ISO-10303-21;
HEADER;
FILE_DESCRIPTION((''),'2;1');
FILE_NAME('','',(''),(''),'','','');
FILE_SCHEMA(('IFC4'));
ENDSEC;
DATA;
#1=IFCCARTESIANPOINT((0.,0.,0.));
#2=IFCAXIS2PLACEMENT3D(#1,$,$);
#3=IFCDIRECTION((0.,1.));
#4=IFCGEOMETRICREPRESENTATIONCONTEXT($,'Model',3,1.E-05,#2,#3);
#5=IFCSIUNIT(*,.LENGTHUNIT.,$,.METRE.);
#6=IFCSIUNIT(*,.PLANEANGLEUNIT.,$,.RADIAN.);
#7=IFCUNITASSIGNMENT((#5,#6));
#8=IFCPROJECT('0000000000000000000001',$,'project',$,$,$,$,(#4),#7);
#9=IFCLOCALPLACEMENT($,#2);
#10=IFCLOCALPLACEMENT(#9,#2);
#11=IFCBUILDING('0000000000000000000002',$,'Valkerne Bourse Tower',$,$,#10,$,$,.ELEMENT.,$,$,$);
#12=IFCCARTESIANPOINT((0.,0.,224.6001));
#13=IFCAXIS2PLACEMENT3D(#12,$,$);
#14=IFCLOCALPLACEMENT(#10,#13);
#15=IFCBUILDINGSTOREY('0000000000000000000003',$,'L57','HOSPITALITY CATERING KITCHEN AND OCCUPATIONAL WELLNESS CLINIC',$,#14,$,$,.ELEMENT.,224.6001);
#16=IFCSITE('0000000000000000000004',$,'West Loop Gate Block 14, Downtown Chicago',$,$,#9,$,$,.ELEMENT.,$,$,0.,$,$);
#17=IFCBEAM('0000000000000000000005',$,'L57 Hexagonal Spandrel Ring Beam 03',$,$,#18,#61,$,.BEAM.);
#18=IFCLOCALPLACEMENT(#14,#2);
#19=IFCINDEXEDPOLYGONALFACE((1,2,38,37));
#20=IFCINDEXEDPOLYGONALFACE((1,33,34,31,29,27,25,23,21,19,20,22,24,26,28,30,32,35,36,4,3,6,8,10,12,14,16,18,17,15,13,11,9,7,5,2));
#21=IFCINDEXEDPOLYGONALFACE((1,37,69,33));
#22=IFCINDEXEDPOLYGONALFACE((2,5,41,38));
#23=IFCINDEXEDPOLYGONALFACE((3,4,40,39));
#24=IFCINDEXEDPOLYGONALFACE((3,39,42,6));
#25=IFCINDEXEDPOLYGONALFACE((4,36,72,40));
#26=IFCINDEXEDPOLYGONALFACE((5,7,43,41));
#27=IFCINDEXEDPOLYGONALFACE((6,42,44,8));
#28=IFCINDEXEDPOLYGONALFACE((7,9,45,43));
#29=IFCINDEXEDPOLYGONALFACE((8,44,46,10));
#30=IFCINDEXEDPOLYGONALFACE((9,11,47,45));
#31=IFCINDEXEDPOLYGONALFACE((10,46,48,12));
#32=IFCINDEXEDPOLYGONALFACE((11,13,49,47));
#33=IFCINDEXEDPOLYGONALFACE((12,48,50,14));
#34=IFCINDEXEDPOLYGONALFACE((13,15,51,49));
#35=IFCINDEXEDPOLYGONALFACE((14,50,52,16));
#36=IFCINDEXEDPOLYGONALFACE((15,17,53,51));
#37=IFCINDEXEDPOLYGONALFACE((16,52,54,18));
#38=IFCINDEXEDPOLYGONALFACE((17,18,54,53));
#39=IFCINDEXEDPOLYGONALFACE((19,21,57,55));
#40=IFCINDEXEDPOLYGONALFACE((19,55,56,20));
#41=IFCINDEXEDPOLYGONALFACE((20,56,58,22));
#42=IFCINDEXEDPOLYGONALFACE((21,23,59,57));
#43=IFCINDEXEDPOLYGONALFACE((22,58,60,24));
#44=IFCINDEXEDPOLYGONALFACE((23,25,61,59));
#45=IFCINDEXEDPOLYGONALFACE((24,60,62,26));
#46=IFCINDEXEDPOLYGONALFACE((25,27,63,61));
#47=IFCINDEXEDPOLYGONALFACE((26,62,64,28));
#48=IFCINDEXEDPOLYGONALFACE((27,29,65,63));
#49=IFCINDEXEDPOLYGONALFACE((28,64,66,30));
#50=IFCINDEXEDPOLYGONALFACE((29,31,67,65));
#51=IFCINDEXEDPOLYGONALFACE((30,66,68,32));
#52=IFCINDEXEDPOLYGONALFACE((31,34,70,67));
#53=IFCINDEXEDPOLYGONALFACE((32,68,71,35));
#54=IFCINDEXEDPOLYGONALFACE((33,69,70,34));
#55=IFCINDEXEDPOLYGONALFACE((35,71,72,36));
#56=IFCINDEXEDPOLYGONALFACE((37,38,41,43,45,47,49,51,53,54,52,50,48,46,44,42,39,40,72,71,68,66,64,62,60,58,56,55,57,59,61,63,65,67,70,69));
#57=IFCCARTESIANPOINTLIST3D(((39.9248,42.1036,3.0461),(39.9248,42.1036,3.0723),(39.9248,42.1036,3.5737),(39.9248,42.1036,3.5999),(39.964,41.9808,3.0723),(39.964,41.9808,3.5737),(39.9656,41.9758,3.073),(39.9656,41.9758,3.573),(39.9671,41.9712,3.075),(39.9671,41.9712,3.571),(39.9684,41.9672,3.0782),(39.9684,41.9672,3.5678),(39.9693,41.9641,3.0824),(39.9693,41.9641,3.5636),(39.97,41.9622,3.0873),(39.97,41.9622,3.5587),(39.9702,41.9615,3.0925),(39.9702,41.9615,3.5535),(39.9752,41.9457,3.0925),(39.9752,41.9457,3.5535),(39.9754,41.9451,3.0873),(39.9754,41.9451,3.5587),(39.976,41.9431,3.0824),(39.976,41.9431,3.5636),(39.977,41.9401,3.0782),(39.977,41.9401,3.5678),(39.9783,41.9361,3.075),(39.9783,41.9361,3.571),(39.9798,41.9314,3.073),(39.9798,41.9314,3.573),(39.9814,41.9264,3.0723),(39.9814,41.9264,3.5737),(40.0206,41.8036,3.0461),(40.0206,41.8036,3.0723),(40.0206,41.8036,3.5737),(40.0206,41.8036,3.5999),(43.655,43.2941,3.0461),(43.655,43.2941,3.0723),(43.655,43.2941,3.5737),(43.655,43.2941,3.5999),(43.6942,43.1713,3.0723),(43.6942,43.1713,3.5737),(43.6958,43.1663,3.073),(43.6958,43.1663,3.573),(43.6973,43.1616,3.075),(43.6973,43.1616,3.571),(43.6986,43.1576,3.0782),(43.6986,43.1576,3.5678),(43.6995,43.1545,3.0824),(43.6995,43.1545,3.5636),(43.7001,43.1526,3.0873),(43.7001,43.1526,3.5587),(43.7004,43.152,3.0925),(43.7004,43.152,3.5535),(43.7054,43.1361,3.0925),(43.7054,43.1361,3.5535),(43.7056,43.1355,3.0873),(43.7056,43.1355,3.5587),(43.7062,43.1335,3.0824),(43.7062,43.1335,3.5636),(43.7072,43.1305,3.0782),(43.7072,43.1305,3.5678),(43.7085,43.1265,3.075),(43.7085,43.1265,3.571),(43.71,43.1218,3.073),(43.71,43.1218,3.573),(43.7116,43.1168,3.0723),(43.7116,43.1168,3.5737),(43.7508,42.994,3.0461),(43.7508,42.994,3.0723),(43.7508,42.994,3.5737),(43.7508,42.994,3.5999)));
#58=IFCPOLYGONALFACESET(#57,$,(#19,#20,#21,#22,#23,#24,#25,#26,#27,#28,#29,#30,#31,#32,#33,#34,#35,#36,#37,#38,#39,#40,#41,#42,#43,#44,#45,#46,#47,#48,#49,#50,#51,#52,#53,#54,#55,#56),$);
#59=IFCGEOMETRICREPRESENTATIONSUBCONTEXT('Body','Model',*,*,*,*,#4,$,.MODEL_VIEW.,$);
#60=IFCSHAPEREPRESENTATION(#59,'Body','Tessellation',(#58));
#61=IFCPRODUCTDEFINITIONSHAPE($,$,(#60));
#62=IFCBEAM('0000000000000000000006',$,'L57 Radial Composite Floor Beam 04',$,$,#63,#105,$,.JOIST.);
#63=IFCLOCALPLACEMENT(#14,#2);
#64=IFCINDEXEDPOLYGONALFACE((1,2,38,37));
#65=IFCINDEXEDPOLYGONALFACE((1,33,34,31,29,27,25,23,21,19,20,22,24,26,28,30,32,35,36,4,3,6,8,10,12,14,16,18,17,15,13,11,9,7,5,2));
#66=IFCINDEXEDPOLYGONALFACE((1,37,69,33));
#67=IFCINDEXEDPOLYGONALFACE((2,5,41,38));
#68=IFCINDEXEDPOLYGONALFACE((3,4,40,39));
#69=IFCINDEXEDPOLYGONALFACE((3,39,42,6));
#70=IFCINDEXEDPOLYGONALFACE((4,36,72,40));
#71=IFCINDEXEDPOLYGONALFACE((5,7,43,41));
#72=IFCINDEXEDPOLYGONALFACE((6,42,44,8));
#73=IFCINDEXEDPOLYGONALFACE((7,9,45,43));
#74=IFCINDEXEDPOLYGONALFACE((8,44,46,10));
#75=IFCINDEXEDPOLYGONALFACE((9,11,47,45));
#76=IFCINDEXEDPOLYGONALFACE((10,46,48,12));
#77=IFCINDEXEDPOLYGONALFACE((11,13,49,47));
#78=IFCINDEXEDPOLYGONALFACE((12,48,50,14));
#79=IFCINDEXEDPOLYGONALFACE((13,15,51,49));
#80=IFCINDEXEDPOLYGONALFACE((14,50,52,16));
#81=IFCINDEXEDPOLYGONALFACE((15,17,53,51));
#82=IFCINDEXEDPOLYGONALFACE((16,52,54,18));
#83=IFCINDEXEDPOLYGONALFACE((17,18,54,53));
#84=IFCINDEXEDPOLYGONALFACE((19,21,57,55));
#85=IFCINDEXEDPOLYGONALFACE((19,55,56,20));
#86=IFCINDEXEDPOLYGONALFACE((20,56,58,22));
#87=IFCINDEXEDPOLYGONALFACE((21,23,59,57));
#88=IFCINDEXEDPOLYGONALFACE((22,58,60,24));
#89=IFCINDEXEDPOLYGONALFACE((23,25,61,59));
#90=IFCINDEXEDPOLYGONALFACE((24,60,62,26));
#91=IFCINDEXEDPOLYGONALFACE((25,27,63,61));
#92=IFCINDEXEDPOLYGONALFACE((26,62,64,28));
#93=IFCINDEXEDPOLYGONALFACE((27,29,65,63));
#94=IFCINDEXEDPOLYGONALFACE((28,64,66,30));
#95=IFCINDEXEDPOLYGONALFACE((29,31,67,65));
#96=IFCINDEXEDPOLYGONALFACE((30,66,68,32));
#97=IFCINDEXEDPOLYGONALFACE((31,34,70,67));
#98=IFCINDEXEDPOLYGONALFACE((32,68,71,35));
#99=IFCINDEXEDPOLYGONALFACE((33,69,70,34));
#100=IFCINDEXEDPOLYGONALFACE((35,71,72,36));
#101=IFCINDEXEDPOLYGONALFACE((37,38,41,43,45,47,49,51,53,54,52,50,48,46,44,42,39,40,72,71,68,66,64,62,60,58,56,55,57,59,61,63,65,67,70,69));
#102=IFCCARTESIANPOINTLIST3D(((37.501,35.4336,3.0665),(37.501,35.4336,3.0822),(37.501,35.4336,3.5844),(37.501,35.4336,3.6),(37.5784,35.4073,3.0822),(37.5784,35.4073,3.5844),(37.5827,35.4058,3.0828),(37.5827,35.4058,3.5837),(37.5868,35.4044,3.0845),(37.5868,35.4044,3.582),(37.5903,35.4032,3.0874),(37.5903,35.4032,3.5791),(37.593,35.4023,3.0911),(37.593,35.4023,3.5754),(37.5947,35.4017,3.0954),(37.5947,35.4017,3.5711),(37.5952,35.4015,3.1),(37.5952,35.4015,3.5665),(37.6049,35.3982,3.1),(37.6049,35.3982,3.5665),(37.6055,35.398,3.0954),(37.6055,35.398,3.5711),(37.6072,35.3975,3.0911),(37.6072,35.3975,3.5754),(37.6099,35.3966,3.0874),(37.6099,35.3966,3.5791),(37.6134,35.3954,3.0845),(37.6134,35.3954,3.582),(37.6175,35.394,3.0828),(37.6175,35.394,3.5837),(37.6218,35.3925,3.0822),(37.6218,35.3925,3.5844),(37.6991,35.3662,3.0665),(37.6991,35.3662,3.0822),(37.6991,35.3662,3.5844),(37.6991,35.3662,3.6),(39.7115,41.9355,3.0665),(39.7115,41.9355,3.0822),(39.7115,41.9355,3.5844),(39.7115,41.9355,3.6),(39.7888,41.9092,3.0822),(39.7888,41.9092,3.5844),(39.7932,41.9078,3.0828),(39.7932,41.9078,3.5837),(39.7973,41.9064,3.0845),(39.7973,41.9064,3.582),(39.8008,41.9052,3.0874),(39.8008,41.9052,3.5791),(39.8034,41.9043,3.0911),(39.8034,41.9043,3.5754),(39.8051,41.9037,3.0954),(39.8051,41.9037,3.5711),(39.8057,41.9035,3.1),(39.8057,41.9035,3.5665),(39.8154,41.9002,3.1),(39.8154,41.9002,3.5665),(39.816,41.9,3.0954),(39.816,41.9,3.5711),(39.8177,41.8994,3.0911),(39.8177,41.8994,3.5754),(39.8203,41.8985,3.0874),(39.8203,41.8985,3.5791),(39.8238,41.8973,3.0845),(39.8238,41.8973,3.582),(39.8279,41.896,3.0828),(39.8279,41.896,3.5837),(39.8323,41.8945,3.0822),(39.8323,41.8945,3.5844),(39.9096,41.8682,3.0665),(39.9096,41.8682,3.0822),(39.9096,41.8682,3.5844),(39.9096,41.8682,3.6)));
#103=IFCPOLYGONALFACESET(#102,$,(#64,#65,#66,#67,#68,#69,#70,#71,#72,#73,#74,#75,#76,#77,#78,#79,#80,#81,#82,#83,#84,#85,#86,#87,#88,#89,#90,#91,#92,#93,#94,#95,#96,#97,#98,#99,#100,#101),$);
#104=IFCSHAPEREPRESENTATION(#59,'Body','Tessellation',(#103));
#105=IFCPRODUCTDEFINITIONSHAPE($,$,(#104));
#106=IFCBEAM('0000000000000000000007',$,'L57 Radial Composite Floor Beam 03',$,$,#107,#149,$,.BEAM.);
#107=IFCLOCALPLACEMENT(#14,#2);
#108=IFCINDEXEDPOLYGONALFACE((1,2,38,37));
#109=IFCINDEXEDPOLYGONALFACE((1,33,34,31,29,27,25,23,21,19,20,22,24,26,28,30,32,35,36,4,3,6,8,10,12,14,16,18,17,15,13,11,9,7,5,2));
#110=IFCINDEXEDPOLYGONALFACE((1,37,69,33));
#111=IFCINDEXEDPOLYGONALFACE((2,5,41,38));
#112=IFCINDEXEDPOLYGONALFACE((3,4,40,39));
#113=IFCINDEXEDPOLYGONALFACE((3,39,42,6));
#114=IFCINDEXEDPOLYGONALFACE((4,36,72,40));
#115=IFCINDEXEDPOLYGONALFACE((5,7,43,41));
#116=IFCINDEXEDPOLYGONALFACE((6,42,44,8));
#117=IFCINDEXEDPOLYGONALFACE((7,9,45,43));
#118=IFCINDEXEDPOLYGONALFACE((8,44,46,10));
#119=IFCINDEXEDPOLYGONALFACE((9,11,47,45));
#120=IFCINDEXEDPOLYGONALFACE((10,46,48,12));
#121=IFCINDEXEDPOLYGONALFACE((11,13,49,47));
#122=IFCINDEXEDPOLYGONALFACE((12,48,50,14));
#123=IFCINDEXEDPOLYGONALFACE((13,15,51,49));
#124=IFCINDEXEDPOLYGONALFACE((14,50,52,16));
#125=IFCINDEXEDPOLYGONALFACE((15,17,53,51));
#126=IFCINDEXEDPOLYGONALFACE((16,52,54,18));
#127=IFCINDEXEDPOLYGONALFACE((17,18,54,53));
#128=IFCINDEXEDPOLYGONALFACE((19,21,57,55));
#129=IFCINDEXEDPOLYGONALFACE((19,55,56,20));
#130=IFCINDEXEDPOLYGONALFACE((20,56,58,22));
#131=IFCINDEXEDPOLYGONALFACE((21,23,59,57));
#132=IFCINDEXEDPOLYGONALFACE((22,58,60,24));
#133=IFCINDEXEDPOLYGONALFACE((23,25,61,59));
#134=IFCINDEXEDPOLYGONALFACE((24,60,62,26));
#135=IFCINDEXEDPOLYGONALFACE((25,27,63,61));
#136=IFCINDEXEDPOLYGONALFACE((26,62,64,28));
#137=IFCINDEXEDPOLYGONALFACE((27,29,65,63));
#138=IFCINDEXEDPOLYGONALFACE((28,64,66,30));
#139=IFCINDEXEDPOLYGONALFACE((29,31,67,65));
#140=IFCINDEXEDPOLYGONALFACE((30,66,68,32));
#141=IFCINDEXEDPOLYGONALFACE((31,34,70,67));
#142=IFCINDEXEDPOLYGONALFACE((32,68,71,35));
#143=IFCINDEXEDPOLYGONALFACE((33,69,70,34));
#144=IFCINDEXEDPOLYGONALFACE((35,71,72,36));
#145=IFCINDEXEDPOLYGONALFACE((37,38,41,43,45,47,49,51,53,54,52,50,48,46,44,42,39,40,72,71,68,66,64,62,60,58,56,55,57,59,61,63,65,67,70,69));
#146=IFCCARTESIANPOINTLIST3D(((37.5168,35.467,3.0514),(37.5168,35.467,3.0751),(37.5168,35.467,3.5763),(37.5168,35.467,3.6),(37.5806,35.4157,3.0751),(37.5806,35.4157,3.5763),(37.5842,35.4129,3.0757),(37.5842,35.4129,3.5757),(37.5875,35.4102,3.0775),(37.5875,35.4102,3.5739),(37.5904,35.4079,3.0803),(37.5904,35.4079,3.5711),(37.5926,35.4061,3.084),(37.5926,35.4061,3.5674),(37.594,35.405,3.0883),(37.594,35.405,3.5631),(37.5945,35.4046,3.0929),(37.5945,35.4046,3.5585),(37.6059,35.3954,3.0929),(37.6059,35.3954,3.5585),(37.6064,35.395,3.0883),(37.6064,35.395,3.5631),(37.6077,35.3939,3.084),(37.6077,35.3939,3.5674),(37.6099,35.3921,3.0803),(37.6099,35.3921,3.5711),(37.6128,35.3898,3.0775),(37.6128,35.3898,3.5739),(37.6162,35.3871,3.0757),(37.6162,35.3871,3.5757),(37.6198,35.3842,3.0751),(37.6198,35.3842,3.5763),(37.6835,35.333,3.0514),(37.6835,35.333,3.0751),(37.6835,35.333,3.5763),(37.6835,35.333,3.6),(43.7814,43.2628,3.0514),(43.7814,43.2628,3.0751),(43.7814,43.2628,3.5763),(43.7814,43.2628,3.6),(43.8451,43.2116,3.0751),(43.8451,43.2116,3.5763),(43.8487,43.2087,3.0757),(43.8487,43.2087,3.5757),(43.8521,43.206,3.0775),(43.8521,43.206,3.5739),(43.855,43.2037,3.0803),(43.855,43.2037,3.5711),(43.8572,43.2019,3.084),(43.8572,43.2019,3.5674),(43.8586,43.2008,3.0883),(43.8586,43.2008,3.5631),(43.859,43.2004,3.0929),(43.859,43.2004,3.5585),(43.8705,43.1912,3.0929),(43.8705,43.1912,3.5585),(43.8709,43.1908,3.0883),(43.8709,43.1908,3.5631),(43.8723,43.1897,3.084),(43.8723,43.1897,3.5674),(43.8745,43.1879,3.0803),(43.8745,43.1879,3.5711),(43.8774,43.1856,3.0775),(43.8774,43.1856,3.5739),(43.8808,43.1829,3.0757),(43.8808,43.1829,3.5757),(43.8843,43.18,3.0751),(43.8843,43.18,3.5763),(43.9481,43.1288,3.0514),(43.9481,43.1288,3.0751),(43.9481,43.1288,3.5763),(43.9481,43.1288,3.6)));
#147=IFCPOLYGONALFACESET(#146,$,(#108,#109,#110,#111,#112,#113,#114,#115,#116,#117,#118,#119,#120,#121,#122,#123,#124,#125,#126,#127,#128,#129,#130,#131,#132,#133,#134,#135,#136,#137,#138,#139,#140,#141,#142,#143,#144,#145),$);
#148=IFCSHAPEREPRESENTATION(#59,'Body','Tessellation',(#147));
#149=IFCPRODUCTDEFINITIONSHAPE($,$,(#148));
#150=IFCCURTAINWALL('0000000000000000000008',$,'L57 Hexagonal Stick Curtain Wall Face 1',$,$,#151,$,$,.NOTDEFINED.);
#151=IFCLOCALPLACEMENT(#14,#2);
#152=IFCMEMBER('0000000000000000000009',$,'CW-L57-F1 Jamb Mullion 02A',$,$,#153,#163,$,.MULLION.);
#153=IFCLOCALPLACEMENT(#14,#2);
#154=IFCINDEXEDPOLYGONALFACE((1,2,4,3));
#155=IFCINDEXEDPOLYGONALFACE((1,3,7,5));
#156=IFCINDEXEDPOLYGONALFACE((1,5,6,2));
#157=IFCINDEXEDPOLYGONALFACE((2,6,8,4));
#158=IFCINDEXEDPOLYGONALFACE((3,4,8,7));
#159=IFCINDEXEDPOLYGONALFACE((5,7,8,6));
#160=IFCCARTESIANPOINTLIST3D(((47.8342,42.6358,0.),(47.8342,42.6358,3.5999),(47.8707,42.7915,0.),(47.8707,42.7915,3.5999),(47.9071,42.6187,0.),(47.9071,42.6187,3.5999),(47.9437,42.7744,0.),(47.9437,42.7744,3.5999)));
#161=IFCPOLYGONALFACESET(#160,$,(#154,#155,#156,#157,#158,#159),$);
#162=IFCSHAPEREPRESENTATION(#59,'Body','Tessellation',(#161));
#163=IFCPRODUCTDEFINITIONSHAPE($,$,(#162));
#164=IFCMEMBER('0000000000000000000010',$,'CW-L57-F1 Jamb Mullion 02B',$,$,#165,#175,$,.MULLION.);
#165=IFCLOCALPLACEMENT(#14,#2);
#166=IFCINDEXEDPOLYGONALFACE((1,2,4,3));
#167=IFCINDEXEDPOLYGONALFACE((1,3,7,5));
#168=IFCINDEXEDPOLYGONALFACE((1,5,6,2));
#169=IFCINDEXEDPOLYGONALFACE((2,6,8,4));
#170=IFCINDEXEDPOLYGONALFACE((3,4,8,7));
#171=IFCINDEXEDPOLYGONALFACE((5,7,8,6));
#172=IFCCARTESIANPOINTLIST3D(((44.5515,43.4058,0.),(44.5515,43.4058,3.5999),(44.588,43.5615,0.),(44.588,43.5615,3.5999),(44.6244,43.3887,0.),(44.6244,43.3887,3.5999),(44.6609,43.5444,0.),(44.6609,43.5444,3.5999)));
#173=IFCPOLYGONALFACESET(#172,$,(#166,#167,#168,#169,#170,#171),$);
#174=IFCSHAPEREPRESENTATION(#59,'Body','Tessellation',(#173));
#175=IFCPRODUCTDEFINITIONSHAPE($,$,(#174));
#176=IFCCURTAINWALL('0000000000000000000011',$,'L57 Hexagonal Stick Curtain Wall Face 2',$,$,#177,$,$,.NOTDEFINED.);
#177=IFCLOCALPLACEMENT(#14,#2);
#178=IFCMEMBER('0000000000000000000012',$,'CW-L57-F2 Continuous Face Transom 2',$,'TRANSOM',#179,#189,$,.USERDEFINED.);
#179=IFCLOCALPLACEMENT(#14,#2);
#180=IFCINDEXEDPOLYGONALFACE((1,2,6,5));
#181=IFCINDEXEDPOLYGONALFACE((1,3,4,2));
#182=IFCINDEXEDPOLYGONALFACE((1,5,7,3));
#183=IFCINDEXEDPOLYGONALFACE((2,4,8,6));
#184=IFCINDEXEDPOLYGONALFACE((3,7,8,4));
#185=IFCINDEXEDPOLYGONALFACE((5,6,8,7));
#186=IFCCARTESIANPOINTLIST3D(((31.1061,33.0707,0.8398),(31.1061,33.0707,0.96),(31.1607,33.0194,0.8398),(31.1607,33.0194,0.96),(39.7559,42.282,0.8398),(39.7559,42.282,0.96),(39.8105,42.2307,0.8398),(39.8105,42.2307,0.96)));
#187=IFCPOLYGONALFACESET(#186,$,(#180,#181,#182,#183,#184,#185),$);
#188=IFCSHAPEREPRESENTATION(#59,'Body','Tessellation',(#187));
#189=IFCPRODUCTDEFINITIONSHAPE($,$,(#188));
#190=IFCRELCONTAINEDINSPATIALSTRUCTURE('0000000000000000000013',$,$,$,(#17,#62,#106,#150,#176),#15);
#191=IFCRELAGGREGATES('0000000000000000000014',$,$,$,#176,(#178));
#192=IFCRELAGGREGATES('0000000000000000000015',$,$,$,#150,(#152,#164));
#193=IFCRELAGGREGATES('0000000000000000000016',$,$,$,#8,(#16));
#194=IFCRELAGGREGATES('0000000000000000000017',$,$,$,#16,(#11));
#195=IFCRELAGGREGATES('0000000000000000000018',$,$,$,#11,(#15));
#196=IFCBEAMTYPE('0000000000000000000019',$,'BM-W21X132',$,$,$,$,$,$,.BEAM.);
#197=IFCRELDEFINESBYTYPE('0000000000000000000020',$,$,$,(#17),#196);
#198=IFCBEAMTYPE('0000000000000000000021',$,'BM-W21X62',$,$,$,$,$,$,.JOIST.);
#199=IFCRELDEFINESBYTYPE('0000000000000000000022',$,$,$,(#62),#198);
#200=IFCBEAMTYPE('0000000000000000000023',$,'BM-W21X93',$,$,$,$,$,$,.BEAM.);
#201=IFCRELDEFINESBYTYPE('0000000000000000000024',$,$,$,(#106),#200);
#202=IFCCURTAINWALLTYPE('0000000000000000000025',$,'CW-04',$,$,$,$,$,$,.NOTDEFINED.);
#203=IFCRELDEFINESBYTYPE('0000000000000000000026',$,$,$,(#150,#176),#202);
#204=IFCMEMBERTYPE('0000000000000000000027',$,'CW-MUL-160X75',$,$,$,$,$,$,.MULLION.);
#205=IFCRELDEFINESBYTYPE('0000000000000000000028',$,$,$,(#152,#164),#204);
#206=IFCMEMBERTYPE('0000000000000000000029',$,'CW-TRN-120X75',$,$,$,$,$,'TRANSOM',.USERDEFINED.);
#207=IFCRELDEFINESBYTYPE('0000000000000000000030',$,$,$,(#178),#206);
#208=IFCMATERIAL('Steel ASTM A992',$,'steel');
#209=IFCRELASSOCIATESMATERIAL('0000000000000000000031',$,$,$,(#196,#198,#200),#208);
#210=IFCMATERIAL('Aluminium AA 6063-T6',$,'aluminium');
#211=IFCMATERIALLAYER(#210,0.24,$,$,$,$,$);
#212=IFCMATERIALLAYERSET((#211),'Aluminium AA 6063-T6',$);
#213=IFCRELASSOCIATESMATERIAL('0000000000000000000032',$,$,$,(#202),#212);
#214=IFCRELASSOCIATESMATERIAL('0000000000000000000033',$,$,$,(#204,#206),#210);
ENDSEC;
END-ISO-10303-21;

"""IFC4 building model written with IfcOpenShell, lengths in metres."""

from ifc_helpers import new_model, si_unit, direction, frame, origin, origin_2d, place, context, subcontext, project, spatial, rectangle, i_section, extrude, material, layer, layer_set, material_profile, profile_set, type_object, element, aggregate, save


model = new_model("IFC4")

# Units and contexts
model_context = context("Model", 3, precision=1e-05, world=origin(), true_north=direction((0.0, 1.0)))
body_context = subcontext(model_context, "Body", "Model", "MODEL_VIEW")
ifc_project = project(units=[si_unit("LENGTHUNIT", "METRE"), si_unit("PLANEANGLEUNIT", "RADIAN")], contexts=[model_context])

# Site, building, storey
site_placement = place(None, origin())
site = spatial("IfcSite", under=ifc_project, at=site_placement, Name="West Loop Gate Block 14, Downtown Chicago", CompositionType="ELEMENT", RefElevation=0.0)
building_placement = place(site_placement, origin())
building = spatial("IfcBuilding", under=site, at=building_placement, Name="Valkerne Bourse Tower", CompositionType="ELEMENT")
storey_placement = place(building_placement, frame((0.0, 0.0, 224.6001)))
storey = spatial("IfcBuildingStorey", under=building, at=storey_placement, Name="L57", Description="HOSPITALITY CATERING KITCHEN AND OCCUPATIONAL WELLNESS CLINIC", CompositionType="ELEMENT", Elevation=224.6001)

# Beams
ifc_material_1 = material(Name="Steel ASTM A992", Category="steel")
ifc_material_profile_1 = material_profile(ifc_material_1, i_section(OverallWidth=0.3149, OverallDepth=0.5537, WebThickness=0.0166, FlangeThickness=0.0261, FilletRadius=0.0203, at=origin_2d()), Name="W21X132")
ifc_profile_set_1 = profile_set([ifc_material_profile_1], Name="Steel ASTM A992")
beam_type_1 = type_object("IfcBeamType", Name="BM-W21X132", PredefinedType="BEAM", material=ifc_profile_set_1)
beam_1_placement = place(storey_placement, frame((43.7029, 43.144, 3.323), z_axis=(-0.952664, -0.304025, 0.0), x_axis=(0.304025, -0.952664, 0.0)))
element("IfcBeam", 1, at=beam_1_placement, inside=storey, type_object=beam_type_1, Name="L57 Hexagonal Spandrel Ring Beam 03", PredefinedType="BEAM", context=body_context, shape_type="SweptSolid", body=[
    extrude(i_section(OverallWidth=0.3149, OverallDepth=0.5537, WebThickness=0.0166, FlangeThickness=0.0261, FilletRadius=0.0203, at=origin_2d()), origin(), (0.0, 0.0, 1.0), 3.9155),
])
ifc_material_profile_2 = material_profile(ifc_material_1, i_section(OverallWidth=0.2092, OverallDepth=0.5334, WebThickness=0.0103, FlangeThickness=0.0156, FilletRadius=0.0178, at=origin_2d()), Name="W21X62")
ifc_profile_set_2 = profile_set([ifc_material_profile_2], Name="Steel ASTM A992")
beam_type_2 = type_object("IfcBeamType", Name="BM-W21X62", PredefinedType="JOIST", material=ifc_profile_set_2)
beam_2_placement = place(storey_placement, frame((39.8105, 41.9019, 3.3333), z_axis=(-0.321875, -0.946782, 0.0), x_axis=(0.946782, -0.321875, 0.0)))
element("IfcBeam", 2, at=beam_2_placement, inside=storey, type_object=beam_type_2, Name="L57 Radial Composite Floor Beam 04", PredefinedType="JOIST", context=body_context, shape_type="SweptSolid", body=[
    extrude(i_section(OverallWidth=0.2092, OverallDepth=0.5334, WebThickness=0.0103, FlangeThickness=0.0156, FilletRadius=0.0178, at=origin_2d()), origin(), (0.0, 0.0, 1.0), 6.8674),
])
ifc_material_profile_3 = material_profile(ifc_material_1, i_section(OverallWidth=0.2139, OverallDepth=0.5486, WebThickness=0.0146, FlangeThickness=0.0237, FilletRadius=0.0178, at=origin_2d()), Name="W21X93")
ifc_profile_set_3 = profile_set([ifc_material_profile_3], Name="Steel ASTM A992")
beam_type_3 = type_object("IfcBeamType", Name="BM-W21X93", PredefinedType="BEAM", material=ifc_profile_set_3)
beam_3_placement = place(storey_placement, frame((43.8647, 43.1958, 3.3257), z_axis=(-0.626396, -0.779505, 0.0), x_axis=(0.779505, -0.626396, 0.0)))
element("IfcBeam", 3, at=beam_3_placement, inside=storey, type_object=beam_type_3, Name="L57 Radial Composite Floor Beam 03", PredefinedType="BEAM", context=body_context, shape_type="SweptSolid", body=[
    extrude(i_section(OverallWidth=0.2139, OverallDepth=0.5486, WebThickness=0.0146, FlangeThickness=0.0237, FilletRadius=0.0178, at=origin_2d()), origin(), (0.0, 0.0, 1.0), 10.001),
])

# Curtain walls, members
ifc_material_2 = material(Name="Aluminium AA 6063-T6", Category="aluminium")
ifc_layer_1 = layer(ifc_material_2, 0.24)
ifc_layer_set_1 = layer_set([ifc_layer_1], Name="Aluminium AA 6063-T6")
curtain_wall_type = type_object("IfcCurtainWallType", Name="CW-04", PredefinedType="NOTDEFINED", material=ifc_layer_set_1)
curtain_wall_1_placement = place(storey_placement, origin())
curtain_wall_1 = element("IfcCurtainWall", 4, at=curtain_wall_1_placement, inside=storey, type_object=curtain_wall_type, Name="L57 Hexagonal Stick Curtain Wall Face 1", PredefinedType="NOTDEFINED")
ifc_material_profile_4 = material_profile(ifc_material_2, rectangle(XDim=0.075, YDim=0.1599, at=origin_2d()), Name="CWM-75X160")
ifc_profile_set_4 = profile_set([ifc_material_profile_4], Name="Aluminium AA 6063-T6")
member_type_1 = type_object("IfcMemberType", Name="CW-MUL-160X75", PredefinedType="MULLION", material=ifc_profile_set_4)
member_1_placement = place(storey_placement, frame((47.8889, 42.7051, 0.0), z_axis=(0.0, 0.0, 1.0), x_axis=(-0.973579, 0.228349, 0.0)))
member_1 = element("IfcMember", 5, at=member_1_placement, type_object=member_type_1, Name="CW-L57-F1 Jamb Mullion 02A", PredefinedType="MULLION", context=body_context, shape_type="SweptSolid", body=[
    extrude(rectangle(XDim=0.075, YDim=0.1599, at=origin_2d()), origin(), (0.0, 0.0, 1.0), 3.5999),
])
member_2_placement = place(storey_placement, frame((44.6062, 43.4751, 0.0), z_axis=(0.0, 0.0, 1.0), x_axis=(-0.973579, 0.228349, 0.0)))
member_2 = element("IfcMember", 6, at=member_2_placement, type_object=member_type_1, Name="CW-L57-F1 Jamb Mullion 02B", PredefinedType="MULLION", context=body_context, shape_type="SweptSolid", body=[
    extrude(rectangle(XDim=0.075, YDim=0.1599, at=origin_2d()), origin(), (0.0, 0.0, 1.0), 3.5999),
])
curtain_wall_2_placement = place(storey_placement, origin())
curtain_wall_2 = element("IfcCurtainWall", 7, at=curtain_wall_2_placement, inside=storey, type_object=curtain_wall_type, Name="L57 Hexagonal Stick Curtain Wall Face 2", PredefinedType="NOTDEFINED")
ifc_material_profile_5 = material_profile(ifc_material_2, rectangle(XDim=0.075, YDim=0.1201, at=origin_2d()), Name="CWT-75X120")
ifc_profile_set_5 = profile_set([ifc_material_profile_5], Name="Aluminium AA 6063-T6")
member_type_2 = type_object("IfcMemberType", Name="CW-TRN-120X75", ElementType="TRANSOM", PredefinedType="USERDEFINED", material=ifc_profile_set_5)
member_3_placement = place(storey_placement, frame((39.7832, 42.2563, 0.8999), z_axis=(-0.684539, -0.728977, 0.0), x_axis=(0.728977, -0.684539, 0.0)))
member_3 = element("IfcMember", 8, at=member_3_placement, type_object=member_type_2, Name="CW-L57-F2 Continuous Face Transom 2", ObjectType="TRANSOM", PredefinedType="USERDEFINED", context=body_context, shape_type="SweptSolid", body=[
    extrude(rectangle(XDim=0.075, YDim=0.1201, at=origin_2d()), origin(), (0.0, 0.0, 1.0), 12.636),
])
aggregate(curtain_wall_2, [member_3])

aggregate(curtain_wall_1, [member_1, member_2])

save(model, "model.ifc")
